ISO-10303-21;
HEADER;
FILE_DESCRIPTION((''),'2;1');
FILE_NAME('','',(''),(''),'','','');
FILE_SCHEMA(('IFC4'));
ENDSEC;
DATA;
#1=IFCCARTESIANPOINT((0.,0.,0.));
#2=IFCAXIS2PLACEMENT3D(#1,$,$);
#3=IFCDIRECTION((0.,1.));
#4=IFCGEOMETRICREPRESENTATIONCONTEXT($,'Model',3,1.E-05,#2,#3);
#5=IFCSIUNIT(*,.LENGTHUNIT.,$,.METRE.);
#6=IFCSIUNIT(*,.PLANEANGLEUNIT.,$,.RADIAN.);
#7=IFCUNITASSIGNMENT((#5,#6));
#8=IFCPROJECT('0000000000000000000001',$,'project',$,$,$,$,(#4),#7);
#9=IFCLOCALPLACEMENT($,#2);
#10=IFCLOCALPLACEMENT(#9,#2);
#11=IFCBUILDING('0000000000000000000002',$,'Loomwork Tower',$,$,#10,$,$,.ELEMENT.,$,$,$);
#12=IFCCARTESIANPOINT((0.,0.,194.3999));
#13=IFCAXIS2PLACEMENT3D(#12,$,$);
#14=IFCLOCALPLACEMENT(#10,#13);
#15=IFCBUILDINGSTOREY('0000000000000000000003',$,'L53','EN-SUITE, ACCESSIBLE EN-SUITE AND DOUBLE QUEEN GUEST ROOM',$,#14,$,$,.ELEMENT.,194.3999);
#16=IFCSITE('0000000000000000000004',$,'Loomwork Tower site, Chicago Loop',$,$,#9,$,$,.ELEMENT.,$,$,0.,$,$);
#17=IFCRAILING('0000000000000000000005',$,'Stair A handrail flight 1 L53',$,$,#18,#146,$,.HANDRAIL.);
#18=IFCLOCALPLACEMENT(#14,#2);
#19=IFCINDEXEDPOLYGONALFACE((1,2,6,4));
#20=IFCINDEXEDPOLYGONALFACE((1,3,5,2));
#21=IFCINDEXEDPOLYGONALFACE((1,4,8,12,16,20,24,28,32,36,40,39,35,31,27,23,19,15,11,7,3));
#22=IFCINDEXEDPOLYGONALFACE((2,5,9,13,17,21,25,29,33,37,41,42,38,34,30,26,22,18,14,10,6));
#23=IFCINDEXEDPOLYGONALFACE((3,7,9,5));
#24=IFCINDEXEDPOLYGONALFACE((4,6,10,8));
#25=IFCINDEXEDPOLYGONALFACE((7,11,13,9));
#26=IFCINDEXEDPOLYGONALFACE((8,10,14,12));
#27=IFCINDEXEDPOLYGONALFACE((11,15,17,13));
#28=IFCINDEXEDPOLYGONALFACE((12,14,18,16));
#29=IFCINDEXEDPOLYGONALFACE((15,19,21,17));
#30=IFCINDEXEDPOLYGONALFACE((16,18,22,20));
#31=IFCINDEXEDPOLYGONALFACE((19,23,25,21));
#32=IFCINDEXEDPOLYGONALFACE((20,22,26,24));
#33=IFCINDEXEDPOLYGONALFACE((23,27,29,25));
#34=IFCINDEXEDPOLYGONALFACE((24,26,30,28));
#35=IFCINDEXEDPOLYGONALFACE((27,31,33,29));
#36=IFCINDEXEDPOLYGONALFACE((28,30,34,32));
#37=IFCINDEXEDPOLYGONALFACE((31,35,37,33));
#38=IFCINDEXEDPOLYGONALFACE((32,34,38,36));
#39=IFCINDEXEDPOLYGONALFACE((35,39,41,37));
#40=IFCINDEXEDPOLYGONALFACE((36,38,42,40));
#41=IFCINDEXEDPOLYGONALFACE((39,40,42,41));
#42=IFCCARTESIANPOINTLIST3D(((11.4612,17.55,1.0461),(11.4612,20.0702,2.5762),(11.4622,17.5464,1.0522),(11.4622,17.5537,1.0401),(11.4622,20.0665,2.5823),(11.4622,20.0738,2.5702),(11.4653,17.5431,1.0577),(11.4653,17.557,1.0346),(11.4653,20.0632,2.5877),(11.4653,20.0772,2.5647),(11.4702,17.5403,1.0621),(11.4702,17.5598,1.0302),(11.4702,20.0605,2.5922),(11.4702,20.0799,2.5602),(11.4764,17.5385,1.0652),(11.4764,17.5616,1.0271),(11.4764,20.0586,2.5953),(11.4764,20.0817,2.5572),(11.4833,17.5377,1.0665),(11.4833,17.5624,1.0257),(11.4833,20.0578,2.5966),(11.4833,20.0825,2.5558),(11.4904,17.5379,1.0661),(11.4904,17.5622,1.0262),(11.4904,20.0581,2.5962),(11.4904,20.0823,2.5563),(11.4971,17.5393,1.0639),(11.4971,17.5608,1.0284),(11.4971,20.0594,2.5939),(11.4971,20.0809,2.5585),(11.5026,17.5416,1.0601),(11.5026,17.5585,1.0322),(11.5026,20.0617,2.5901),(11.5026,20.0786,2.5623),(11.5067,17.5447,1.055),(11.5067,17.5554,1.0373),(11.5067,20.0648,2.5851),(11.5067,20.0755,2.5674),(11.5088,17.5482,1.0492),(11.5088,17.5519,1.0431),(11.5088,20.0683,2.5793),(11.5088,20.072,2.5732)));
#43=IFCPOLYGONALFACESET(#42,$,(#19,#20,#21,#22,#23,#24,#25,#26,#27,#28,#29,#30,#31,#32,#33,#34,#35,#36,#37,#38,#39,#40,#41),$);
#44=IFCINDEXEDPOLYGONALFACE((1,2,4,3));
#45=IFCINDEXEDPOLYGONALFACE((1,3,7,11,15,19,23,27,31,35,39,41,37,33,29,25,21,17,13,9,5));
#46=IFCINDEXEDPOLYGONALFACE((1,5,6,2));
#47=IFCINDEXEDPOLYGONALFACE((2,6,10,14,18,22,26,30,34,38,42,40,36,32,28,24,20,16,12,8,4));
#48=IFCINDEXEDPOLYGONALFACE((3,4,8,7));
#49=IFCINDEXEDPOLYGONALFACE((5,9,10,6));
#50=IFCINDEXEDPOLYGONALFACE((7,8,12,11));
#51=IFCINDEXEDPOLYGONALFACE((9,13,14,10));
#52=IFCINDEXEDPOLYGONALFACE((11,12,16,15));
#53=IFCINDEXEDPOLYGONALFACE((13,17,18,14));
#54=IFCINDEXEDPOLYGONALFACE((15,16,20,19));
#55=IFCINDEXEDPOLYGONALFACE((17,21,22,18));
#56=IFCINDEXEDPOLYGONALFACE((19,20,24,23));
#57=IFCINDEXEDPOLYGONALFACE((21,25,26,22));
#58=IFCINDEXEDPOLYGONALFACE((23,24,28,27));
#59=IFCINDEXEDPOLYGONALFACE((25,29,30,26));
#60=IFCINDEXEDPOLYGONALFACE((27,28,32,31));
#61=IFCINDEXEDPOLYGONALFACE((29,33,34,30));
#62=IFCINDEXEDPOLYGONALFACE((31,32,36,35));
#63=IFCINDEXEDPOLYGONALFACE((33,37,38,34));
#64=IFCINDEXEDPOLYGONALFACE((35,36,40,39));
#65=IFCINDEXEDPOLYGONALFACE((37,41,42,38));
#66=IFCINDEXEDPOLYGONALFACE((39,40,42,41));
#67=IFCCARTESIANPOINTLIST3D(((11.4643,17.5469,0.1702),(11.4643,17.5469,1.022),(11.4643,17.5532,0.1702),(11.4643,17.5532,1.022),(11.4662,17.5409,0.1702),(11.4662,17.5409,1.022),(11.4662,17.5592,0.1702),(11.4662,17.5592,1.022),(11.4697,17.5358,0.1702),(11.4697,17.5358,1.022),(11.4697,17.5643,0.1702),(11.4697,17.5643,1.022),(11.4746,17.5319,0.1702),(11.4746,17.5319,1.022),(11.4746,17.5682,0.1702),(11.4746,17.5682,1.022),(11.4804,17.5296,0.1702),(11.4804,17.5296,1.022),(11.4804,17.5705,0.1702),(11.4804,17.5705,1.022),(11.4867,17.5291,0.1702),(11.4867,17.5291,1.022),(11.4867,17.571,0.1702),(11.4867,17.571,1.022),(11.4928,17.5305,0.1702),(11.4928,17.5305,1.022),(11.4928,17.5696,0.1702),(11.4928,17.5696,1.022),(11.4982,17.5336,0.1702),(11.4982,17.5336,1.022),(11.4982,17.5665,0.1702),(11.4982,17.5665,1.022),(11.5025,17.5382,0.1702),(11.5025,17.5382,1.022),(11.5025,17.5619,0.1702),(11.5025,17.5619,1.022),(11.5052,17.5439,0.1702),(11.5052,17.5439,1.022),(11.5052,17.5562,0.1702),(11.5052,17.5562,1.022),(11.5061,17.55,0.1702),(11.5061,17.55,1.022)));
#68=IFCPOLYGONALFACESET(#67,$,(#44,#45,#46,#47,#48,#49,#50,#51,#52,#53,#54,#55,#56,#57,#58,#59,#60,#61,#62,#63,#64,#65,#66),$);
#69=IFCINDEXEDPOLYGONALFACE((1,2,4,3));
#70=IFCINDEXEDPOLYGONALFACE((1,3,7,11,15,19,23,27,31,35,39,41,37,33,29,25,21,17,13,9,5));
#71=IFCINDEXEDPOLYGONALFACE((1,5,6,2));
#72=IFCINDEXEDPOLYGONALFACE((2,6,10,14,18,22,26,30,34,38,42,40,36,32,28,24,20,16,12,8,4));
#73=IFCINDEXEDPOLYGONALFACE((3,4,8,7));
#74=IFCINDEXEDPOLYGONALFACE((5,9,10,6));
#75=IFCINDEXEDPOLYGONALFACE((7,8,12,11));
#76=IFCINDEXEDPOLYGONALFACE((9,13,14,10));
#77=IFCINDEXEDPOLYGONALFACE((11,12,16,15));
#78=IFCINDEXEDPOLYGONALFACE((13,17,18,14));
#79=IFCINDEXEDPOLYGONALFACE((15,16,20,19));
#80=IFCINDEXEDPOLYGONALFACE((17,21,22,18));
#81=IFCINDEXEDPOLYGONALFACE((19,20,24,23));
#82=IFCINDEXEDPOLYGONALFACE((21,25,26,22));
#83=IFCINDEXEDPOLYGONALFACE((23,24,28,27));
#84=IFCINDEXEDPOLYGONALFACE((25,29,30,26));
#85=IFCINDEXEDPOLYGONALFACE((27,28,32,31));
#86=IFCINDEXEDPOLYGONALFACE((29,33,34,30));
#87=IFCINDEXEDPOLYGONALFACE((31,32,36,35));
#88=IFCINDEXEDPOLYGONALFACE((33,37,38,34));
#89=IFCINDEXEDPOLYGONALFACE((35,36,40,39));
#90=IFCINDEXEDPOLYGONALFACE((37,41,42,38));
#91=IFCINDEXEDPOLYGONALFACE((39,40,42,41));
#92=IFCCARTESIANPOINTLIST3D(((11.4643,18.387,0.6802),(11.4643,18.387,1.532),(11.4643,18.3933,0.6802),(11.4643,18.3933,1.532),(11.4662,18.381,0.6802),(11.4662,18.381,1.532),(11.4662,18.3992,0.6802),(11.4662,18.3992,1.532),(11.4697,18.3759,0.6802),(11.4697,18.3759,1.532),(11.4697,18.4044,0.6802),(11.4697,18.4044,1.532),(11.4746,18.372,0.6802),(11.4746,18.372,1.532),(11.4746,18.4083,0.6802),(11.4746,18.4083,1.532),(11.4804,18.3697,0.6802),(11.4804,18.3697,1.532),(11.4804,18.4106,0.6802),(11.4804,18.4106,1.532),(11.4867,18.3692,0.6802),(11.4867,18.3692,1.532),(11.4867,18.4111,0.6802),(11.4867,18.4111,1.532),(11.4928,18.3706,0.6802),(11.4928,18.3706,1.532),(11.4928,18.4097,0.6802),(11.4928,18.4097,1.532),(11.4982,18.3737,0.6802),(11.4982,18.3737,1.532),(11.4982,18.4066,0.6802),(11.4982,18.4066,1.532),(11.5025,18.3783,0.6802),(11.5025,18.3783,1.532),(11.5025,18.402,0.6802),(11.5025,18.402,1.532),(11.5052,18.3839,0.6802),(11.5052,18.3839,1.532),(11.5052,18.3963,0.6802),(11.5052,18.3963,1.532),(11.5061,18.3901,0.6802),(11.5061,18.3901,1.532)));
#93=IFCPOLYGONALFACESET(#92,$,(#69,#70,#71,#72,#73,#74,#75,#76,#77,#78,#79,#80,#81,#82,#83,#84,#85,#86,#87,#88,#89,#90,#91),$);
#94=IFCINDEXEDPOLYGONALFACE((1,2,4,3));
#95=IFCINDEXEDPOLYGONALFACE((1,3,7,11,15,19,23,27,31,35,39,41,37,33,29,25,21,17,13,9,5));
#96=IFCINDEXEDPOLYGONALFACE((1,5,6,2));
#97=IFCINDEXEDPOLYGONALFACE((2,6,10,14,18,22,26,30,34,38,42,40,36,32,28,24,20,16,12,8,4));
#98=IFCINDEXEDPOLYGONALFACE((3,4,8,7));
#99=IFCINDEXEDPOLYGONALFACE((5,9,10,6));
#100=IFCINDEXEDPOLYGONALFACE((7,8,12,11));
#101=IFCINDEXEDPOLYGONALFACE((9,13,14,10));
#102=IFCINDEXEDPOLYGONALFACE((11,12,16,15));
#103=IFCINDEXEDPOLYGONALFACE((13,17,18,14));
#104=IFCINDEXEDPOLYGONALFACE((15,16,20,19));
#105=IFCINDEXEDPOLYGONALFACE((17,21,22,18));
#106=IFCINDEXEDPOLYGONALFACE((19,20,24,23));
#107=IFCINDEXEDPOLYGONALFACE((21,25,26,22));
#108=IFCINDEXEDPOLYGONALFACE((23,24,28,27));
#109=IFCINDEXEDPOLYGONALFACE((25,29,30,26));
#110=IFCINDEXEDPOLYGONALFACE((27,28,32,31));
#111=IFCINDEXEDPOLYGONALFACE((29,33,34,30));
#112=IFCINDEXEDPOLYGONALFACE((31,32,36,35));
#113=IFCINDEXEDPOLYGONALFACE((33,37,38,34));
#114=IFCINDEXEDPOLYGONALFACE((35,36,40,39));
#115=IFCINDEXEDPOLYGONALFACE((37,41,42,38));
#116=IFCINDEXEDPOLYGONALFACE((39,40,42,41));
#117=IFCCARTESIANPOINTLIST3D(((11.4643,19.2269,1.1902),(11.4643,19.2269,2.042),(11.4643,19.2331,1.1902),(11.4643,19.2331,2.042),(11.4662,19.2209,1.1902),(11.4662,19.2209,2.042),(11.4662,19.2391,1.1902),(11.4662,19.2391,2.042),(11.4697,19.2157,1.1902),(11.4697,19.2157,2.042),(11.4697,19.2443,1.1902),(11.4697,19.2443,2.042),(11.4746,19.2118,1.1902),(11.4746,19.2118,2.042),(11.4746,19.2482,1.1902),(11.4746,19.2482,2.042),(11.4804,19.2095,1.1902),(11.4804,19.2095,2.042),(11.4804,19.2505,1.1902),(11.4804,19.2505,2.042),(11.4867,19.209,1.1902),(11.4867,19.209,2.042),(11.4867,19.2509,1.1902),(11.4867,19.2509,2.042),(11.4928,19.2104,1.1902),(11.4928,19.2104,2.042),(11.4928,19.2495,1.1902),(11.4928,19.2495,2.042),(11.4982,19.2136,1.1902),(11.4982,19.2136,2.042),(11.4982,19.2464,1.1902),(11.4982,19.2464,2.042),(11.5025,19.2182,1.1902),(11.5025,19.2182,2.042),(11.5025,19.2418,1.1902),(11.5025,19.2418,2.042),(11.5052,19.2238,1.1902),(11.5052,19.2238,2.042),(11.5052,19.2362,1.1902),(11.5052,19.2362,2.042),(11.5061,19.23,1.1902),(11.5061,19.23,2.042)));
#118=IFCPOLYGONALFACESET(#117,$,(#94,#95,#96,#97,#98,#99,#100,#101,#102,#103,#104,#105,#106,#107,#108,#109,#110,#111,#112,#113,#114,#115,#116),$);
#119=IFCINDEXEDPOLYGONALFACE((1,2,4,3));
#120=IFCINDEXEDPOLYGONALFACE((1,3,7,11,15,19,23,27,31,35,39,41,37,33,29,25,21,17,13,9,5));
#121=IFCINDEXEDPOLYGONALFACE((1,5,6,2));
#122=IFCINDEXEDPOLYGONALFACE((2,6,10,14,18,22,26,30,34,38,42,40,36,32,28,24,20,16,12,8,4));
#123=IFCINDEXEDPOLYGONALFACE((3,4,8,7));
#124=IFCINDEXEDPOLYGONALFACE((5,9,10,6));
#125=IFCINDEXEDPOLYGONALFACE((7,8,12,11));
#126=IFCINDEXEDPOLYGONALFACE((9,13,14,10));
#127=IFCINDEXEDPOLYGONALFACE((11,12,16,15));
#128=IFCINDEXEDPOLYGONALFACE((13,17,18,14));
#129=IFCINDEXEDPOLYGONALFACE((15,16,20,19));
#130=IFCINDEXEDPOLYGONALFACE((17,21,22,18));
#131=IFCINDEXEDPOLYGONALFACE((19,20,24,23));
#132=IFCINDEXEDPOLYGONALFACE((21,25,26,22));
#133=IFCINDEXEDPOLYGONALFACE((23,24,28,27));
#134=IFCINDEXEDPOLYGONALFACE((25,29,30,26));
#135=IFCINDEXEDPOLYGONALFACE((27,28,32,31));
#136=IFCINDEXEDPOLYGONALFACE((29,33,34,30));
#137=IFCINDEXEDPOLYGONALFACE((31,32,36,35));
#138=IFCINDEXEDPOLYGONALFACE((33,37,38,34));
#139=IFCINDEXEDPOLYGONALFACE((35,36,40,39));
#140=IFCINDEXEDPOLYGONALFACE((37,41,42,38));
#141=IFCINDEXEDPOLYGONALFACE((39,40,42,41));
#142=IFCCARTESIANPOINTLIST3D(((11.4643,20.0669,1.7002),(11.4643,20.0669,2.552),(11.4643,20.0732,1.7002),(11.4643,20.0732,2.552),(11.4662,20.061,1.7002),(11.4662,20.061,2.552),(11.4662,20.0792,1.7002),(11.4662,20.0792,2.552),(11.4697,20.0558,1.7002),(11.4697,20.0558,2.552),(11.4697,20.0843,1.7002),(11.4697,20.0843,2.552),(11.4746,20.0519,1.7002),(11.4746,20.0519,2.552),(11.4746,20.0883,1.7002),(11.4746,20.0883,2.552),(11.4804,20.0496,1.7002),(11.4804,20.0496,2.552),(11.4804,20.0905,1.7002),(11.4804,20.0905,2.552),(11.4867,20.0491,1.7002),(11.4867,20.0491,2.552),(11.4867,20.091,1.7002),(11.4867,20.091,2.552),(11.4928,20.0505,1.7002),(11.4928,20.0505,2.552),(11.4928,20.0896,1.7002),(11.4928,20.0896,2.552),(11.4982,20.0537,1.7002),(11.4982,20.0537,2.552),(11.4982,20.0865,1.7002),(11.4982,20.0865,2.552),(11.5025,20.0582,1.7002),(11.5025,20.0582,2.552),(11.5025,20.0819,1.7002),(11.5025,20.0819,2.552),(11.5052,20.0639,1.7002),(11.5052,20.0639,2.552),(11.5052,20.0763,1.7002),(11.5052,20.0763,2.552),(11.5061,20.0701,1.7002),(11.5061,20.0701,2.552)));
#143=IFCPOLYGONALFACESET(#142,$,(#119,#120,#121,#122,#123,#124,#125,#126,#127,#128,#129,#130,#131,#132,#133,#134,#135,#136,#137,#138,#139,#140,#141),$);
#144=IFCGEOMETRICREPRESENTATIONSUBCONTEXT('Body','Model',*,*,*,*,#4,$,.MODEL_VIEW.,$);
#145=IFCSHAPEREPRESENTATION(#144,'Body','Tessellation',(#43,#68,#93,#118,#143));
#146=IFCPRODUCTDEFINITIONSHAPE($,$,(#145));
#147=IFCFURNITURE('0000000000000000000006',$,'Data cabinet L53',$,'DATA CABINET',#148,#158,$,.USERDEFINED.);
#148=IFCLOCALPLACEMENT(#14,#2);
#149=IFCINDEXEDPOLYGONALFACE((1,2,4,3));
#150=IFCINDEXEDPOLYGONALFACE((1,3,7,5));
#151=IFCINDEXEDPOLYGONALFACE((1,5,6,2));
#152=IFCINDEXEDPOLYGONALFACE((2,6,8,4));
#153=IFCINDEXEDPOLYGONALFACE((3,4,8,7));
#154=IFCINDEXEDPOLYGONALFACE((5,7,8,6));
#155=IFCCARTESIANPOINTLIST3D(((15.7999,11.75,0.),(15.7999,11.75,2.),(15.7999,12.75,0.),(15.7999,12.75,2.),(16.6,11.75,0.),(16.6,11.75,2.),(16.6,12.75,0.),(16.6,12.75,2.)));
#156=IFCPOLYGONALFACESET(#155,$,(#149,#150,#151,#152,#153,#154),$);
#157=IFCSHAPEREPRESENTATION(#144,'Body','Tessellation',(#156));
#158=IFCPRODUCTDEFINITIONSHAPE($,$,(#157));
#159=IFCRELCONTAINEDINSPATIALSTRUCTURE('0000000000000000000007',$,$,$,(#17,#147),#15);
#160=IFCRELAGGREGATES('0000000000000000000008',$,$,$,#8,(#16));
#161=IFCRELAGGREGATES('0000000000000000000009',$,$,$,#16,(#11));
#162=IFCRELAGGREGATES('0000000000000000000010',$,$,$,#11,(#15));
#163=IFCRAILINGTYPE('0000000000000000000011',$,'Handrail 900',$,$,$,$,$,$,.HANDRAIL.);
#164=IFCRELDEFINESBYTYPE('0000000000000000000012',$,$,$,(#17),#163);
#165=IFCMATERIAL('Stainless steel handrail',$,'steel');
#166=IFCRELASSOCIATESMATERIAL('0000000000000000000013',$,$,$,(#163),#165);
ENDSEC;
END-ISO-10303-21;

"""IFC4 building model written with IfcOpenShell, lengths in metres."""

from ifc_helpers import new_model, si_unit, direction, frame, origin, origin_2d, place, context, subcontext, project, spatial, rectangle, circle, extrude, material, type_object, element, save


model = new_model("IFC4")

# Units and contexts
model_context = context("Model", 3, precision=1e-05, world=origin(), true_north=direction((0.0, 1.0)))
body_context = subcontext(model_context, "Body", "Model", "MODEL_VIEW")
ifc_project = project(units=[si_unit("LENGTHUNIT", "METRE"), si_unit("PLANEANGLEUNIT", "RADIAN")], contexts=[model_context])

# Site, building, storey
site_placement = place(None, origin())
site = spatial("IfcSite", under=ifc_project, at=site_placement, Name="Loomwork Tower site, Chicago Loop", CompositionType="ELEMENT", RefElevation=0.0)
building_placement = place(site_placement, origin())
building = spatial("IfcBuilding", under=site, at=building_placement, Name="Loomwork Tower", CompositionType="ELEMENT")
storey_placement = place(building_placement, frame((0.0, 0.0, 194.3999)))
storey = spatial("IfcBuildingStorey", under=building, at=storey_placement, Name="L53", Description="EN-SUITE, ACCESSIBLE EN-SUITE AND DOUBLE QUEEN GUEST ROOM", CompositionType="ELEMENT", Elevation=194.3999)

# Railing
ifc_material_1 = material(Name="Stainless steel handrail", Category="steel")
railing_type = type_object("IfcRailingType", Name="Handrail 900", PredefinedType="HANDRAIL", material=ifc_material_1)
railing_placement = place(storey_placement, frame((11.4851, 17.55, 0.1702)))
element("IfcRailing", 1, at=railing_placement, inside=storey, type_object=railing_type, Name="Stair A handrail flight 1 L53", PredefinedType="HANDRAIL", context=body_context, shape_type="SweptSolid", body=[
    extrude(circle(Radius=0.0239, at=origin_2d()), frame((0.0, 0.0, 0.876), z_axis=(0.0, 0.854785, 0.518982), x_axis=(-1.0, 0.0, 0.0)), (0.0, 0.0, 1.0), 2.9482),
    extrude(circle(Radius=0.021, at=origin_2d()), origin(), (0.0, 0.0, 1.0), 0.8518),
    extrude(circle(Radius=0.021, at=origin_2d()), frame((0.0, 0.8401, 0.51)), (0.0, 0.0, 1.0), 0.8518),
    extrude(circle(Radius=0.021, at=origin_2d()), frame((0.0, 1.6799, 1.02)), (0.0, 0.0, 1.0), 0.8518),
    extrude(circle(Radius=0.021, at=origin_2d()), frame((0.0, 2.52, 1.53)), (0.0, 0.0, 1.0), 0.8518),
])

# Furniture
furniture_placement = place(storey_placement, frame((16.2, 12.25, 0.0), z_axis=(0.0, 0.0, 1.0), x_axis=(1.0, 0.0, 0.0)))
element("IfcFurniture", 2, at=furniture_placement, inside=storey, Name="Data cabinet L53", ObjectType="DATA CABINET", PredefinedType="USERDEFINED", context=body_context, shape_type="SweptSolid", body=[
    extrude(rectangle(XDim=0.8, YDim=1.0, at=origin_2d()), origin(), (0.0, 0.0, 1.0), 2.0),
])

save(model, "model.ifc")
